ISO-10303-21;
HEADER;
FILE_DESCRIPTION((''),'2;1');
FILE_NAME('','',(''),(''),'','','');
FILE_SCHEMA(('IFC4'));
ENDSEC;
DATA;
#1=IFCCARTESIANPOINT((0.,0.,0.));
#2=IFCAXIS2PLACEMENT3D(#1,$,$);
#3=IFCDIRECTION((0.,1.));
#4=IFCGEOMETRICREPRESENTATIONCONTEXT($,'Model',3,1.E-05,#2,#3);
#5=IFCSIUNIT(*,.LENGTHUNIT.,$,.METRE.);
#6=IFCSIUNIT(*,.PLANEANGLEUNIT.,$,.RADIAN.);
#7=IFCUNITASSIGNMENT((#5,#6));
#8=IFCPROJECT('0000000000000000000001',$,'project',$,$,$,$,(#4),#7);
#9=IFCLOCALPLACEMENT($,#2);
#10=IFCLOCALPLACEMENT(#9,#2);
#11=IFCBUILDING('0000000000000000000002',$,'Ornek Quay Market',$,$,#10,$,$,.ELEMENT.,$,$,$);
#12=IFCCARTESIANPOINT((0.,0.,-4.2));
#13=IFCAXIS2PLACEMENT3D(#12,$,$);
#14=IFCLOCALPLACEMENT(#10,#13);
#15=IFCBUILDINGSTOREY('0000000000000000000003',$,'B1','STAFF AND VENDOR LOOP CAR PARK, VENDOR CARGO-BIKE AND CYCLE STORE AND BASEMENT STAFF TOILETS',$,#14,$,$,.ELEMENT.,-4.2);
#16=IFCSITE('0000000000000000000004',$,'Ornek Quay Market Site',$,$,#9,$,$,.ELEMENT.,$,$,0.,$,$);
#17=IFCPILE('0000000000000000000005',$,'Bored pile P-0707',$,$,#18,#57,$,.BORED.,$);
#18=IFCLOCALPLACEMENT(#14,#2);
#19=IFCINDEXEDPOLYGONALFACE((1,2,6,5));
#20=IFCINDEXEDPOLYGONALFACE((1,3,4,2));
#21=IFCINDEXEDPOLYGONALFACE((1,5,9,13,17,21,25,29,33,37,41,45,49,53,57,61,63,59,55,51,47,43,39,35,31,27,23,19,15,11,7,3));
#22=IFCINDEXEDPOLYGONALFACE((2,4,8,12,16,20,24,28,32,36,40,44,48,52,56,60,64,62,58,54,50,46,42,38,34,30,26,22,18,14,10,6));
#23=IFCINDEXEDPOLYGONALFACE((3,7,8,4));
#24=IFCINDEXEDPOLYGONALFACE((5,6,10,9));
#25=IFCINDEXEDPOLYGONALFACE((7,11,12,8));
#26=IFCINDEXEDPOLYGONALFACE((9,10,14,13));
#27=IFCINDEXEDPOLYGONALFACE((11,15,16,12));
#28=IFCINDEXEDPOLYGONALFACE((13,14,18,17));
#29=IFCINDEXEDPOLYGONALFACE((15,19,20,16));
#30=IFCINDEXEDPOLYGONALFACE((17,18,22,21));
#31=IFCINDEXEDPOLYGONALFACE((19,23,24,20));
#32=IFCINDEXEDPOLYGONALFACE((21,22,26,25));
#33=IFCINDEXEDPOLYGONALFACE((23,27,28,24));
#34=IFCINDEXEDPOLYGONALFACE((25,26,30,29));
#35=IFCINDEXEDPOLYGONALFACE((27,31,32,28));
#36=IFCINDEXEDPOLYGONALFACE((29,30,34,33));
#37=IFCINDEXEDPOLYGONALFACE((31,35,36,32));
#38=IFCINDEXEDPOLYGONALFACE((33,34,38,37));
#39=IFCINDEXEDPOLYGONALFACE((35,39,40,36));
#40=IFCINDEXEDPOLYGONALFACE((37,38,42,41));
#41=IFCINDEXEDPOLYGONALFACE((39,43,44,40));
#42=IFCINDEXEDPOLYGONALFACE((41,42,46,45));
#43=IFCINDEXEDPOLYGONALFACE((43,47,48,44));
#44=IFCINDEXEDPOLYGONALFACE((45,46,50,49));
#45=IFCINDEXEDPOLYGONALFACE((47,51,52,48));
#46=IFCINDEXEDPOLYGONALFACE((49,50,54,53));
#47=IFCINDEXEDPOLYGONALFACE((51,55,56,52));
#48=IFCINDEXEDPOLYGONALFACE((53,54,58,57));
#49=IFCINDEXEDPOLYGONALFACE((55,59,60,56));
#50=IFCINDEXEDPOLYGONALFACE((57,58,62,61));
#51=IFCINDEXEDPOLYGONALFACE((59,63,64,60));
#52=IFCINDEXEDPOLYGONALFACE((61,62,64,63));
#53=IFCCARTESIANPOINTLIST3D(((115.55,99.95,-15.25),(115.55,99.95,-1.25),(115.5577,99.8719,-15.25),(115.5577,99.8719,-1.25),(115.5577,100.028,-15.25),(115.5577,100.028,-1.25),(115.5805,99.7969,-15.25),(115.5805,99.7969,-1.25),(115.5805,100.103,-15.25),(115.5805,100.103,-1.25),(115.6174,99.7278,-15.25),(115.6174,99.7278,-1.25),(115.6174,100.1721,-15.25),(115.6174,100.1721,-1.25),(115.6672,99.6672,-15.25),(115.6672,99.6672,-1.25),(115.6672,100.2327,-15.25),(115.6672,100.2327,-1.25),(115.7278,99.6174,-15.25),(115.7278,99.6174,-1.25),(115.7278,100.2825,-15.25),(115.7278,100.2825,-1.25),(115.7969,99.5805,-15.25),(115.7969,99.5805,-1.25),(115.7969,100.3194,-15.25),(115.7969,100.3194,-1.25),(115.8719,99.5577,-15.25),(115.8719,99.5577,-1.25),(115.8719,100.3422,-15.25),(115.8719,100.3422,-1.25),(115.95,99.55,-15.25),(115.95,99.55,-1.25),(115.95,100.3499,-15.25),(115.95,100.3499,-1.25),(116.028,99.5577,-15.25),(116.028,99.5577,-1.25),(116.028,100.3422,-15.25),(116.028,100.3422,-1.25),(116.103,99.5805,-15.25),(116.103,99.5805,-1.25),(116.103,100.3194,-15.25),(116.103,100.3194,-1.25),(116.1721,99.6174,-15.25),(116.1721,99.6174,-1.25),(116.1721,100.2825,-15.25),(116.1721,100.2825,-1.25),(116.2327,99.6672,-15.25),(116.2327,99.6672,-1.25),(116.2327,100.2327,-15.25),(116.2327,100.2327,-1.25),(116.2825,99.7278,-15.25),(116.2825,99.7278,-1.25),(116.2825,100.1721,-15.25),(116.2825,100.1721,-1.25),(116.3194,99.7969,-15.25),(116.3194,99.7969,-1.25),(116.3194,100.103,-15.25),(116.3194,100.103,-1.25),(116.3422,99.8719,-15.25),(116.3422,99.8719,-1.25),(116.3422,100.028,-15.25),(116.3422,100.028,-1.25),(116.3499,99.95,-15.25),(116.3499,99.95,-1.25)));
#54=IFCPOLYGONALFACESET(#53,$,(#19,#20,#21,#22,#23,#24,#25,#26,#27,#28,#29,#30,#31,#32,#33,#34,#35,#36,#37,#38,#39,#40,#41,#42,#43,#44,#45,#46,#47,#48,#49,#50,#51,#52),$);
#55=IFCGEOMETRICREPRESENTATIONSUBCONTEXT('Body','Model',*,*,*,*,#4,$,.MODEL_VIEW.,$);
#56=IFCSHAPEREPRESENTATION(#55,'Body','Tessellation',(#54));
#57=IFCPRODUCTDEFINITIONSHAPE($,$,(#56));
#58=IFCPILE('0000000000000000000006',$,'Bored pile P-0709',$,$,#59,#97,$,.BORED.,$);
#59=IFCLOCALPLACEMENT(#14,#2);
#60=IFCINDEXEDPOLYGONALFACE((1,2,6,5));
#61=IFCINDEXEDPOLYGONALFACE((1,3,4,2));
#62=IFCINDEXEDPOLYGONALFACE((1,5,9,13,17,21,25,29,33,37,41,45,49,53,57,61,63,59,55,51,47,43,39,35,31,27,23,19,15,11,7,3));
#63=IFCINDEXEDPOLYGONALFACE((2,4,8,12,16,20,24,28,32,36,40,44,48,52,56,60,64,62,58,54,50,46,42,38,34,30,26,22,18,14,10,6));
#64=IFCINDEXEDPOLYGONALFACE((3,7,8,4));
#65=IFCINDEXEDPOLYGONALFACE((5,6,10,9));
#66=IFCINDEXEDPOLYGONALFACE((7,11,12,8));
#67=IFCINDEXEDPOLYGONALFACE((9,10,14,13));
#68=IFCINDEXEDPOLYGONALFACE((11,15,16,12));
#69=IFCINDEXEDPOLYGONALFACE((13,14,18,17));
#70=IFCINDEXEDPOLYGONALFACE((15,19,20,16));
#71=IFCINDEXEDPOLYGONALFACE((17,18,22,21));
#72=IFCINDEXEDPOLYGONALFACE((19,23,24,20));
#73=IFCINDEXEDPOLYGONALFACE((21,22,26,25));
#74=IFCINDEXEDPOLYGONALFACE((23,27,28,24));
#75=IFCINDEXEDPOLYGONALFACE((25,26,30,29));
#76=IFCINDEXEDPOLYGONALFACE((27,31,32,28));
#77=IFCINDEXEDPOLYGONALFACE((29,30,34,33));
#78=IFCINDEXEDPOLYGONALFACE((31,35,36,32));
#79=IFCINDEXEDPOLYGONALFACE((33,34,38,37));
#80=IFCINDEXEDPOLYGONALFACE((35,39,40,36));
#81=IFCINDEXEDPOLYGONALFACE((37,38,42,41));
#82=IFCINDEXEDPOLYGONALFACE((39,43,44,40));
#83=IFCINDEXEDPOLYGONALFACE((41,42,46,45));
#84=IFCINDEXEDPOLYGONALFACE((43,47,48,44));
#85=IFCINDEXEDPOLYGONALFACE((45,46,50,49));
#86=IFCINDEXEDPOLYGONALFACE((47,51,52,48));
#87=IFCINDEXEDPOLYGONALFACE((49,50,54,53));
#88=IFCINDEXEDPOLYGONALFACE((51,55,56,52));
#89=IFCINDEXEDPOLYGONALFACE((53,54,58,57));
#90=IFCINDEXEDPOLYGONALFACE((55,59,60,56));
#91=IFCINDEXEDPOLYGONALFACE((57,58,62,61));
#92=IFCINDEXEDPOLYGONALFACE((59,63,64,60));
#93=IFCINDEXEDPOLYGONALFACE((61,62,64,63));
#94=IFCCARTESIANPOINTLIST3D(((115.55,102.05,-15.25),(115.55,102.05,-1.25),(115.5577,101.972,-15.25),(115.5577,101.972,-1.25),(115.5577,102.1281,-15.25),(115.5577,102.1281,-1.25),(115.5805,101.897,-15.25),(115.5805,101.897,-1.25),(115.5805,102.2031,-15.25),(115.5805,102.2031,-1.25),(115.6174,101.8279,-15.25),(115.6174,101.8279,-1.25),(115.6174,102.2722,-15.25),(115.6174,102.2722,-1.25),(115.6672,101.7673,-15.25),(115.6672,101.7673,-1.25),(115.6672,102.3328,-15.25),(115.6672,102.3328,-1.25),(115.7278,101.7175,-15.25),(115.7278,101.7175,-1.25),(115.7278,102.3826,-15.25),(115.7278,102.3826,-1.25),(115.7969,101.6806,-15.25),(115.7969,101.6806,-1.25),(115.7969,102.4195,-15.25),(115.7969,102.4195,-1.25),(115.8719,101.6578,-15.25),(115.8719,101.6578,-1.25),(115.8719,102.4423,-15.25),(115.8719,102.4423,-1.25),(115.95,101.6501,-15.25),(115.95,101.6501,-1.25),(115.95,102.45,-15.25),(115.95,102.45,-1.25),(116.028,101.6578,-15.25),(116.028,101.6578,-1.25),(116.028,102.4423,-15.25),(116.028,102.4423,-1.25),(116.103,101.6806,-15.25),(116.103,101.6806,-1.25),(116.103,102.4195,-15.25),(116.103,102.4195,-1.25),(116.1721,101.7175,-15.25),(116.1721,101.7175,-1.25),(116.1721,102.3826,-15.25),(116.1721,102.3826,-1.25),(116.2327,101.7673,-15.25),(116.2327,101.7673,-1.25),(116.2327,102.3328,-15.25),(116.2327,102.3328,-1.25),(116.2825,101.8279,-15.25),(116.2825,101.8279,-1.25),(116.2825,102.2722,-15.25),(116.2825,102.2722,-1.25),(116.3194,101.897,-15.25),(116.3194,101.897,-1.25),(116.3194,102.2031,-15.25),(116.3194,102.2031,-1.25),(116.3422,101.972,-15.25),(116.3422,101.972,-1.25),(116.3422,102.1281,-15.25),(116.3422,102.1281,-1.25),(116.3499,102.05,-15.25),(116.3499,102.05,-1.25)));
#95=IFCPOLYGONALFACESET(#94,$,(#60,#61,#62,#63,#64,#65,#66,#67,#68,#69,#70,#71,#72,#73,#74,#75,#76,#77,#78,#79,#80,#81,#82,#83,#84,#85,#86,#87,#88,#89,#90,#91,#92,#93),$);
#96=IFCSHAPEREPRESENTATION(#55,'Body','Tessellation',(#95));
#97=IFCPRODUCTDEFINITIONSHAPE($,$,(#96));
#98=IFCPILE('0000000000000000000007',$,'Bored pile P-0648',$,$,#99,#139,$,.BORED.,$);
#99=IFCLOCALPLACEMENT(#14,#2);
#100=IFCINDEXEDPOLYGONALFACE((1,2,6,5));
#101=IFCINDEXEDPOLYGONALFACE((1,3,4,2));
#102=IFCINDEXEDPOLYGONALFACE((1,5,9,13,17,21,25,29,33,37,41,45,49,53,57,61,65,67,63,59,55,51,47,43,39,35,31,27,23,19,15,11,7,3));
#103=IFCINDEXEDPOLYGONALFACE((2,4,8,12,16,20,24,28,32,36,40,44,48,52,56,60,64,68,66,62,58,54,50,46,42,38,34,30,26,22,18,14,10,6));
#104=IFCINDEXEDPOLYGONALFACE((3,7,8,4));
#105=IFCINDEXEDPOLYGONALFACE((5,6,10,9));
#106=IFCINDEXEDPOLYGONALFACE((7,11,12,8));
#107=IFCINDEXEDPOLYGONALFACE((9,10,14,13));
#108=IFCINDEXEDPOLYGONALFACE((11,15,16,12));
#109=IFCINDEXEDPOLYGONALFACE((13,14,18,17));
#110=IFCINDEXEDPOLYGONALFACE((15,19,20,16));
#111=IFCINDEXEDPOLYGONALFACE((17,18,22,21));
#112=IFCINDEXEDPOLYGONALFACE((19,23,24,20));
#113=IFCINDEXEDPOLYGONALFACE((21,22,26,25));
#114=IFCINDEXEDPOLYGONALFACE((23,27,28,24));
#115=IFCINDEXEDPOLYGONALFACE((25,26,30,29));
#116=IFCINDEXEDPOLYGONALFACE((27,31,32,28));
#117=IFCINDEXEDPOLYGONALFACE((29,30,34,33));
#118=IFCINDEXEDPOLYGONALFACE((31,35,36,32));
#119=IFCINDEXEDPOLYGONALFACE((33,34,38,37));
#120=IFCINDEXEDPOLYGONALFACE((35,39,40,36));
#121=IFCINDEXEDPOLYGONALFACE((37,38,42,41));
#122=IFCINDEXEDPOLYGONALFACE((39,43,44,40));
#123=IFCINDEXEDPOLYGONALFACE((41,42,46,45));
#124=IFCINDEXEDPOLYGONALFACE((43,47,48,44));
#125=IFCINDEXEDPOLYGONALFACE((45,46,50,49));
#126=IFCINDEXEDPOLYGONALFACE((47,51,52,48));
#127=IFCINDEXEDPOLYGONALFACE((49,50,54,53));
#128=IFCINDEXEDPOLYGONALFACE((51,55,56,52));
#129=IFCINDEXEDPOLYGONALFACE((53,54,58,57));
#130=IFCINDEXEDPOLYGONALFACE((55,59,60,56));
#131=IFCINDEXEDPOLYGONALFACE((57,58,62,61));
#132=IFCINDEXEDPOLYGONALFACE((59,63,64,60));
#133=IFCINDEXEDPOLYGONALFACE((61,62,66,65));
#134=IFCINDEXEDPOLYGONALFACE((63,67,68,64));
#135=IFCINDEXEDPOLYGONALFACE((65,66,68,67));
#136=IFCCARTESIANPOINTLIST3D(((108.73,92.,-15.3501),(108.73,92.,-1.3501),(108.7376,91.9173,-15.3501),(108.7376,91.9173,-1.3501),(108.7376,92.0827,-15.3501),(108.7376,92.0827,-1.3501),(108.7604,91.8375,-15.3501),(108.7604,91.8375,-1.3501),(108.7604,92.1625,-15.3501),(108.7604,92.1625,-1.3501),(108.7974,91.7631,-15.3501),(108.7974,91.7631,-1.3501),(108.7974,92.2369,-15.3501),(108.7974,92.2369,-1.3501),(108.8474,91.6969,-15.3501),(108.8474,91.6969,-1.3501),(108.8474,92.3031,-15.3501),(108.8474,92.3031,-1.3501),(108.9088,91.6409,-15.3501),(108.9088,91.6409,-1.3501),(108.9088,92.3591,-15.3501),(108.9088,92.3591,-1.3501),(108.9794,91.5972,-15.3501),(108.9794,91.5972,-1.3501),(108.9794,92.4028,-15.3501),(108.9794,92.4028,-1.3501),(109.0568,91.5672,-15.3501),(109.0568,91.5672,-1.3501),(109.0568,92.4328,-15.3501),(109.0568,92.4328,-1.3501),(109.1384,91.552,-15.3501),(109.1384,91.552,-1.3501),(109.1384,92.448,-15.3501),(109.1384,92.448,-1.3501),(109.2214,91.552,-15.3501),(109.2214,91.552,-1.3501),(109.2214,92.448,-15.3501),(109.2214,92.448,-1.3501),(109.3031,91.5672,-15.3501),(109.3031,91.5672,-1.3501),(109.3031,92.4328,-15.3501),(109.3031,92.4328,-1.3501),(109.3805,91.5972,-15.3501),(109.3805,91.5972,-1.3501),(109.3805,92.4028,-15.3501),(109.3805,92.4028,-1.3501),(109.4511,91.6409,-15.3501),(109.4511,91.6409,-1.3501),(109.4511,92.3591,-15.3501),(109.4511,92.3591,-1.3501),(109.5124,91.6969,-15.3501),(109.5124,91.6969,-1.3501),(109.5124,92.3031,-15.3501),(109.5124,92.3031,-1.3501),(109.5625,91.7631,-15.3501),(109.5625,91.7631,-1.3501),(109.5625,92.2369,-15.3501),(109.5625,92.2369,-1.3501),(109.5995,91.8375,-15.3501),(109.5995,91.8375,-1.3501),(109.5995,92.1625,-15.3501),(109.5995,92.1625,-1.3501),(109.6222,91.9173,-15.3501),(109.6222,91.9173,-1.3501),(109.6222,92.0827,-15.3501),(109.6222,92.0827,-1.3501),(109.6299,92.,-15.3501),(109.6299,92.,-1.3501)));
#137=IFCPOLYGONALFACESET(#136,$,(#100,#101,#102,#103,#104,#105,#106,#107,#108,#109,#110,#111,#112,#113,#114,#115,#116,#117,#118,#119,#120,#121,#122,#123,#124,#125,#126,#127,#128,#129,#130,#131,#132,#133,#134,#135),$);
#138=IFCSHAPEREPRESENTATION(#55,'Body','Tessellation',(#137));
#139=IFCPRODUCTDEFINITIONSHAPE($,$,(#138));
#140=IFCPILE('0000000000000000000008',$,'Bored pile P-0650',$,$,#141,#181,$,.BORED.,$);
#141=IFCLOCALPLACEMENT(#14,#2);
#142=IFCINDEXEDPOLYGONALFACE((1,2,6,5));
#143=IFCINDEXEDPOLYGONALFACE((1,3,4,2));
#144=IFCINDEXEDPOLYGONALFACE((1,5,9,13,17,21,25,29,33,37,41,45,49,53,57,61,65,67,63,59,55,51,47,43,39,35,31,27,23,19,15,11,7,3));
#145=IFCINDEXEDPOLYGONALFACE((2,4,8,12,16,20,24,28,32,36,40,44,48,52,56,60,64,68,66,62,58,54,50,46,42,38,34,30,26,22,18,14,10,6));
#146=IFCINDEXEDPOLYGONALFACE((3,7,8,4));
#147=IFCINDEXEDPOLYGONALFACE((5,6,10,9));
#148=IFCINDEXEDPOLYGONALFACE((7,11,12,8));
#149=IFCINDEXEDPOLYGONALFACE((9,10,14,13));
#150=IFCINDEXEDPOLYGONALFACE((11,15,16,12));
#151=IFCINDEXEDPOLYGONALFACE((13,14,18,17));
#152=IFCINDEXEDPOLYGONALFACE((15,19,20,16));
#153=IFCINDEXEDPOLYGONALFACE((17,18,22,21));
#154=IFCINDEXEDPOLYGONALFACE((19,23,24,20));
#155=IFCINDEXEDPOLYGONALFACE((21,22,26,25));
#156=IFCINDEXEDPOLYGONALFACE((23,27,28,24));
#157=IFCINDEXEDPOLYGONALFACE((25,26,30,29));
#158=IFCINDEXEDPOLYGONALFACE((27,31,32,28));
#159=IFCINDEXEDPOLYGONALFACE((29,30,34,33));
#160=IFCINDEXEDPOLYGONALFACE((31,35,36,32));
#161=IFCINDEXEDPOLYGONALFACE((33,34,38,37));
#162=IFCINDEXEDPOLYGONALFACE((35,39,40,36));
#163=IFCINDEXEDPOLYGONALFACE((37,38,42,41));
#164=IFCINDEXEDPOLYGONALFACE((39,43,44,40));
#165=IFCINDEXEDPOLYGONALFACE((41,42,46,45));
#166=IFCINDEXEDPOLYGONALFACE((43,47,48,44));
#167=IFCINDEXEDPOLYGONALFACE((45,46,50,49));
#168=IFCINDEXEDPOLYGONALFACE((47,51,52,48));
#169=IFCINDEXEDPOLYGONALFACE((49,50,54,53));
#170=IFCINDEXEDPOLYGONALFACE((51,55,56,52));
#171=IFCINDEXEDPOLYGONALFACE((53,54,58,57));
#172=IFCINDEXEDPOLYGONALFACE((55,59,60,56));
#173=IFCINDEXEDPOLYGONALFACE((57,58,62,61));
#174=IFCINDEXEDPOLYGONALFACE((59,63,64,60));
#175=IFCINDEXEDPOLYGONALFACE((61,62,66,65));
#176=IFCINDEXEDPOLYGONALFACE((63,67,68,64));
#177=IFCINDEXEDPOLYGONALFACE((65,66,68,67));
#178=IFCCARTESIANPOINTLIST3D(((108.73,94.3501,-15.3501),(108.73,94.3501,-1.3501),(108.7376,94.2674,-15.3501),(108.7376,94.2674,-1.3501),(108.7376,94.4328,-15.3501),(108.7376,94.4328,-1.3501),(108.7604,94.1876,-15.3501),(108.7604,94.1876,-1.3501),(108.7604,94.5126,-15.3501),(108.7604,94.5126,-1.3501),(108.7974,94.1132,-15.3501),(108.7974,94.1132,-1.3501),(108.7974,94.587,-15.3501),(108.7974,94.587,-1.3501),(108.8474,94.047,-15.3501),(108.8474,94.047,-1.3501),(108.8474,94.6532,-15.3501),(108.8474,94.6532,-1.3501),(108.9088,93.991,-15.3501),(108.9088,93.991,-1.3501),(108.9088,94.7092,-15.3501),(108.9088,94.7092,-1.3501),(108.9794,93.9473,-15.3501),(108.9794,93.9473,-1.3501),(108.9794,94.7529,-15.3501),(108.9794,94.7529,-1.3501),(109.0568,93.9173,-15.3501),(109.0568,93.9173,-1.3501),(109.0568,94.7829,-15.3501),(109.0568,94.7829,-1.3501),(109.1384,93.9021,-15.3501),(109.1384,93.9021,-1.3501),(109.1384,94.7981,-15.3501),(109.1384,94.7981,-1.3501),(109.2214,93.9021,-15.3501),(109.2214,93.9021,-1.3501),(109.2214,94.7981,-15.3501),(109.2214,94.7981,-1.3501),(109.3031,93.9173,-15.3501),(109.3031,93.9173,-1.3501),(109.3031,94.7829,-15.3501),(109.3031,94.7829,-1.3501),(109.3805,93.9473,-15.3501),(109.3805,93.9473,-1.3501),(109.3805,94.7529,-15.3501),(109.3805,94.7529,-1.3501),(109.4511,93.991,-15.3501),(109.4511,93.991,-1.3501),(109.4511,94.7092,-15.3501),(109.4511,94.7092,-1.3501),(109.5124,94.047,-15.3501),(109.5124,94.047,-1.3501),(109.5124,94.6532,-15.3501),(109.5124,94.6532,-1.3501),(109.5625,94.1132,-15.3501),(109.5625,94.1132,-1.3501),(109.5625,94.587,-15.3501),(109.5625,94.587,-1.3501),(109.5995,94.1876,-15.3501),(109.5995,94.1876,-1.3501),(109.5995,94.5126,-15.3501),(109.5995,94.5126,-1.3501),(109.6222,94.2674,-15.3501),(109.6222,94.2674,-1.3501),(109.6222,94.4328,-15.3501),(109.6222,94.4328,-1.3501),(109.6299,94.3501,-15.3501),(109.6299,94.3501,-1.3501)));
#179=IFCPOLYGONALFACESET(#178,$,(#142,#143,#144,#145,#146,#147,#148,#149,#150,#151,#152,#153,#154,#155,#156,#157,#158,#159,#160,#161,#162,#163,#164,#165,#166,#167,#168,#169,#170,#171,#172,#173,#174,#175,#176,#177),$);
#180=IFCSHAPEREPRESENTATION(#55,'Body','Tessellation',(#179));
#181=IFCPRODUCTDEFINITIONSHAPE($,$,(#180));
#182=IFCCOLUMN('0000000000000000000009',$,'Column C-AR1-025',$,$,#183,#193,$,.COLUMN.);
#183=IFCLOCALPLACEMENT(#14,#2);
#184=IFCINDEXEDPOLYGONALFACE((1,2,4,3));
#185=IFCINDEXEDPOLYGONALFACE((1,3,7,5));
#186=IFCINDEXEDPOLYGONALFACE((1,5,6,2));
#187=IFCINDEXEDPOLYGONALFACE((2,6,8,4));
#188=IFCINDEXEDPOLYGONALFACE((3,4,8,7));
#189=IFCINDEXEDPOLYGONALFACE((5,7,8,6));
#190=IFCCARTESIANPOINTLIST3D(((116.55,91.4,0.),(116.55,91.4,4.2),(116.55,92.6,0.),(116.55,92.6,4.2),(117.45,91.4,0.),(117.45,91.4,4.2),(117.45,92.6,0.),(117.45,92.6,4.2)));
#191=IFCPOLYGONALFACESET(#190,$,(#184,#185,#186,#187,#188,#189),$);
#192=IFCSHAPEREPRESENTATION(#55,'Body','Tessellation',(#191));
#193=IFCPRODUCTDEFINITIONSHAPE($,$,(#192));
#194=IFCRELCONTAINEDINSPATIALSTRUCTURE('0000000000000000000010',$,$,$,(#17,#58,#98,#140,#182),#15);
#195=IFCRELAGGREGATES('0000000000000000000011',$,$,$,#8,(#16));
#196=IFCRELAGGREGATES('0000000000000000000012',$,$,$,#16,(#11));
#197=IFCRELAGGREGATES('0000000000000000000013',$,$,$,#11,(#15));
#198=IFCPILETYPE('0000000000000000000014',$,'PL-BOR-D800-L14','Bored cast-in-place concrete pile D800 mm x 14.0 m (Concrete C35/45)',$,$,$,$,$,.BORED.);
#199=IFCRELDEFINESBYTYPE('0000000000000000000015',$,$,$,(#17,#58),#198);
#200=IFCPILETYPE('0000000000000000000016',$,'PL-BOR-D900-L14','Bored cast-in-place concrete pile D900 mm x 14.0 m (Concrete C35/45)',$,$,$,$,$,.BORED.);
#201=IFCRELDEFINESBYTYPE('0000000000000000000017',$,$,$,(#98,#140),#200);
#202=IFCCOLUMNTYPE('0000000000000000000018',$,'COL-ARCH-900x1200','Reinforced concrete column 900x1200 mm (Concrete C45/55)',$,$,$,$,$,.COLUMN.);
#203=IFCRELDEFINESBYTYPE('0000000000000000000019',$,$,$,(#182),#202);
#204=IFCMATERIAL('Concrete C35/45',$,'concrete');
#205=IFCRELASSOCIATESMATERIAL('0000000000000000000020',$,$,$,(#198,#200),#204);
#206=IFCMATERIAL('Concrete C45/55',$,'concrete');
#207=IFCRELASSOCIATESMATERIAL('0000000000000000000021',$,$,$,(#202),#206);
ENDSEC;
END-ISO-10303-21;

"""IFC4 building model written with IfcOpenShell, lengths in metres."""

from ifc_helpers import new_model, si_unit, direction, frame, origin, origin_2d, place, context, subcontext, project, spatial, rectangle, circle, extrude, material, material_profile, profile_set, type_object, element, save


model = new_model("IFC4")

# Units and contexts
model_context = context("Model", 3, precision=1e-05, world=origin(), true_north=direction((0.0, 1.0)))
body_context = subcontext(model_context, "Body", "Model", "MODEL_VIEW")
ifc_project = project(units=[si_unit("LENGTHUNIT", "METRE"), si_unit("PLANEANGLEUNIT", "RADIAN")], contexts=[model_context])

# Site, building, storey
site_placement = place(None, origin())
site = spatial("IfcSite", under=ifc_project, at=site_placement, Name="Ornek Quay Market Site", CompositionType="ELEMENT", RefElevation=0.0)
building_placement = place(site_placement, origin())
building = spatial("IfcBuilding", under=site, at=building_placement, Name="Ornek Quay Market", CompositionType="ELEMENT")
storey_placement = place(building_placement, frame((0.0, 0.0, -4.2)))
storey = spatial("IfcBuildingStorey", under=building, at=storey_placement, Name="B1", Description="STAFF AND VENDOR LOOP CAR PARK, VENDOR CARGO-BIKE AND CYCLE STORE AND BASEMENT STAFF TOILETS", CompositionType="ELEMENT", Elevation=-4.2)

# Piles
ifc_material_1 = material(Name="Concrete C35/45", Category="concrete")
ifc_material_profile_1 = material_profile(ifc_material_1, circle(Radius=0.3999, at=origin_2d()), Name="PILE D800", Category="concrete")
ifc_profile_set_1 = profile_set([ifc_material_profile_1], Name="Concrete C35/45")
pile_type_1 = type_object("IfcPileType", Name="PL-BOR-D800-L14", Description="Bored cast-in-place concrete pile D800 mm x 14.0 m (Concrete C35/45)", PredefinedType="BORED", material=ifc_profile_set_1)
for number, where, z_axis, x_axis, name in (
    (1, (115.95, 99.95, -1.25), (0.0, 0.0, -1.0), (1.0, 0.0, 0.0), "Bored pile P-0707"),
    (2, (115.95, 102.05, -1.25), (0.0, 0.0, -1.0), (1.0, 0.0, 0.0), "Bored pile P-0709"),
):
    element("IfcPile", number, at=place(storey_placement, frame(where, z_axis=z_axis, x_axis=x_axis)), inside=storey, type_object=pile_type_1, Name=name, PredefinedType="BORED", context=body_context, shape_type="SweptSolid", body=[
        extrude(circle(Radius=0.3999, at=origin_2d()), origin(), (0.0, 0.0, 1.0), 14.0),
    ])
ifc_material_profile_2 = material_profile(ifc_material_1, circle(Radius=0.45, at=origin_2d()), Name="PILE D900", Category="concrete")
ifc_profile_set_2 = profile_set([ifc_material_profile_2], Name="Concrete C35/45")
pile_type_2 = type_object("IfcPileType", Name="PL-BOR-D900-L14", Description="Bored cast-in-place concrete pile D900 mm x 14.0 m (Concrete C35/45)", PredefinedType="BORED", material=ifc_profile_set_2)
for number, where, z_axis, x_axis, name in (
    (3, (109.1799, 92.0, -1.3501), (0.0, 0.0, -1.0), (1.0, 0.0, 0.0), "Bored pile P-0648"),
    (4, (109.1799, 94.3501, -1.3501), (0.0, 0.0, -1.0), (1.0, 0.0, 0.0), "Bored pile P-0650"),
):
    element("IfcPile", number, at=place(storey_placement, frame(where, z_axis=z_axis, x_axis=x_axis)), inside=storey, type_object=pile_type_2, Name=name, PredefinedType="BORED", context=body_context, shape_type="SweptSolid", body=[
        extrude(circle(Radius=0.45, at=origin_2d()), origin(), (0.0, 0.0, 1.0), 14.0),
    ])

# Column
ifc_material_2 = material(Name="Concrete C45/55", Category="concrete")
ifc_material_profile_3 = material_profile(ifc_material_2, rectangle(XDim=0.8999, YDim=1.2, at=origin_2d()), Name="RC 900x1200", Category="concrete")
ifc_profile_set_3 = profile_set([ifc_material_profile_3], Name="Concrete C45/55")
column_type_1 = type_object("IfcColumnType", Name="COL-ARCH-900x1200", Description="Reinforced concrete column 900x1200 mm (Concrete C45/55)", PredefinedType="COLUMN", material=ifc_profile_set_3)
column_1_placement = place(storey_placement, frame((117.0, 92.0, 0.0), z_axis=(0.0, 0.0, 1.0), x_axis=(1.0, 0.0, 0.0)))
element("IfcColumn", 5, at=column_1_placement, inside=storey, type_object=column_type_1, Name="Column C-AR1-025", PredefinedType="COLUMN", context=body_context, shape_type="SweptSolid", body=[
    extrude(rectangle(XDim=0.8999, YDim=1.2, at=origin_2d()), origin(), (0.0, 0.0, 1.0), 4.2),
])

save(model, "model.ifc")
